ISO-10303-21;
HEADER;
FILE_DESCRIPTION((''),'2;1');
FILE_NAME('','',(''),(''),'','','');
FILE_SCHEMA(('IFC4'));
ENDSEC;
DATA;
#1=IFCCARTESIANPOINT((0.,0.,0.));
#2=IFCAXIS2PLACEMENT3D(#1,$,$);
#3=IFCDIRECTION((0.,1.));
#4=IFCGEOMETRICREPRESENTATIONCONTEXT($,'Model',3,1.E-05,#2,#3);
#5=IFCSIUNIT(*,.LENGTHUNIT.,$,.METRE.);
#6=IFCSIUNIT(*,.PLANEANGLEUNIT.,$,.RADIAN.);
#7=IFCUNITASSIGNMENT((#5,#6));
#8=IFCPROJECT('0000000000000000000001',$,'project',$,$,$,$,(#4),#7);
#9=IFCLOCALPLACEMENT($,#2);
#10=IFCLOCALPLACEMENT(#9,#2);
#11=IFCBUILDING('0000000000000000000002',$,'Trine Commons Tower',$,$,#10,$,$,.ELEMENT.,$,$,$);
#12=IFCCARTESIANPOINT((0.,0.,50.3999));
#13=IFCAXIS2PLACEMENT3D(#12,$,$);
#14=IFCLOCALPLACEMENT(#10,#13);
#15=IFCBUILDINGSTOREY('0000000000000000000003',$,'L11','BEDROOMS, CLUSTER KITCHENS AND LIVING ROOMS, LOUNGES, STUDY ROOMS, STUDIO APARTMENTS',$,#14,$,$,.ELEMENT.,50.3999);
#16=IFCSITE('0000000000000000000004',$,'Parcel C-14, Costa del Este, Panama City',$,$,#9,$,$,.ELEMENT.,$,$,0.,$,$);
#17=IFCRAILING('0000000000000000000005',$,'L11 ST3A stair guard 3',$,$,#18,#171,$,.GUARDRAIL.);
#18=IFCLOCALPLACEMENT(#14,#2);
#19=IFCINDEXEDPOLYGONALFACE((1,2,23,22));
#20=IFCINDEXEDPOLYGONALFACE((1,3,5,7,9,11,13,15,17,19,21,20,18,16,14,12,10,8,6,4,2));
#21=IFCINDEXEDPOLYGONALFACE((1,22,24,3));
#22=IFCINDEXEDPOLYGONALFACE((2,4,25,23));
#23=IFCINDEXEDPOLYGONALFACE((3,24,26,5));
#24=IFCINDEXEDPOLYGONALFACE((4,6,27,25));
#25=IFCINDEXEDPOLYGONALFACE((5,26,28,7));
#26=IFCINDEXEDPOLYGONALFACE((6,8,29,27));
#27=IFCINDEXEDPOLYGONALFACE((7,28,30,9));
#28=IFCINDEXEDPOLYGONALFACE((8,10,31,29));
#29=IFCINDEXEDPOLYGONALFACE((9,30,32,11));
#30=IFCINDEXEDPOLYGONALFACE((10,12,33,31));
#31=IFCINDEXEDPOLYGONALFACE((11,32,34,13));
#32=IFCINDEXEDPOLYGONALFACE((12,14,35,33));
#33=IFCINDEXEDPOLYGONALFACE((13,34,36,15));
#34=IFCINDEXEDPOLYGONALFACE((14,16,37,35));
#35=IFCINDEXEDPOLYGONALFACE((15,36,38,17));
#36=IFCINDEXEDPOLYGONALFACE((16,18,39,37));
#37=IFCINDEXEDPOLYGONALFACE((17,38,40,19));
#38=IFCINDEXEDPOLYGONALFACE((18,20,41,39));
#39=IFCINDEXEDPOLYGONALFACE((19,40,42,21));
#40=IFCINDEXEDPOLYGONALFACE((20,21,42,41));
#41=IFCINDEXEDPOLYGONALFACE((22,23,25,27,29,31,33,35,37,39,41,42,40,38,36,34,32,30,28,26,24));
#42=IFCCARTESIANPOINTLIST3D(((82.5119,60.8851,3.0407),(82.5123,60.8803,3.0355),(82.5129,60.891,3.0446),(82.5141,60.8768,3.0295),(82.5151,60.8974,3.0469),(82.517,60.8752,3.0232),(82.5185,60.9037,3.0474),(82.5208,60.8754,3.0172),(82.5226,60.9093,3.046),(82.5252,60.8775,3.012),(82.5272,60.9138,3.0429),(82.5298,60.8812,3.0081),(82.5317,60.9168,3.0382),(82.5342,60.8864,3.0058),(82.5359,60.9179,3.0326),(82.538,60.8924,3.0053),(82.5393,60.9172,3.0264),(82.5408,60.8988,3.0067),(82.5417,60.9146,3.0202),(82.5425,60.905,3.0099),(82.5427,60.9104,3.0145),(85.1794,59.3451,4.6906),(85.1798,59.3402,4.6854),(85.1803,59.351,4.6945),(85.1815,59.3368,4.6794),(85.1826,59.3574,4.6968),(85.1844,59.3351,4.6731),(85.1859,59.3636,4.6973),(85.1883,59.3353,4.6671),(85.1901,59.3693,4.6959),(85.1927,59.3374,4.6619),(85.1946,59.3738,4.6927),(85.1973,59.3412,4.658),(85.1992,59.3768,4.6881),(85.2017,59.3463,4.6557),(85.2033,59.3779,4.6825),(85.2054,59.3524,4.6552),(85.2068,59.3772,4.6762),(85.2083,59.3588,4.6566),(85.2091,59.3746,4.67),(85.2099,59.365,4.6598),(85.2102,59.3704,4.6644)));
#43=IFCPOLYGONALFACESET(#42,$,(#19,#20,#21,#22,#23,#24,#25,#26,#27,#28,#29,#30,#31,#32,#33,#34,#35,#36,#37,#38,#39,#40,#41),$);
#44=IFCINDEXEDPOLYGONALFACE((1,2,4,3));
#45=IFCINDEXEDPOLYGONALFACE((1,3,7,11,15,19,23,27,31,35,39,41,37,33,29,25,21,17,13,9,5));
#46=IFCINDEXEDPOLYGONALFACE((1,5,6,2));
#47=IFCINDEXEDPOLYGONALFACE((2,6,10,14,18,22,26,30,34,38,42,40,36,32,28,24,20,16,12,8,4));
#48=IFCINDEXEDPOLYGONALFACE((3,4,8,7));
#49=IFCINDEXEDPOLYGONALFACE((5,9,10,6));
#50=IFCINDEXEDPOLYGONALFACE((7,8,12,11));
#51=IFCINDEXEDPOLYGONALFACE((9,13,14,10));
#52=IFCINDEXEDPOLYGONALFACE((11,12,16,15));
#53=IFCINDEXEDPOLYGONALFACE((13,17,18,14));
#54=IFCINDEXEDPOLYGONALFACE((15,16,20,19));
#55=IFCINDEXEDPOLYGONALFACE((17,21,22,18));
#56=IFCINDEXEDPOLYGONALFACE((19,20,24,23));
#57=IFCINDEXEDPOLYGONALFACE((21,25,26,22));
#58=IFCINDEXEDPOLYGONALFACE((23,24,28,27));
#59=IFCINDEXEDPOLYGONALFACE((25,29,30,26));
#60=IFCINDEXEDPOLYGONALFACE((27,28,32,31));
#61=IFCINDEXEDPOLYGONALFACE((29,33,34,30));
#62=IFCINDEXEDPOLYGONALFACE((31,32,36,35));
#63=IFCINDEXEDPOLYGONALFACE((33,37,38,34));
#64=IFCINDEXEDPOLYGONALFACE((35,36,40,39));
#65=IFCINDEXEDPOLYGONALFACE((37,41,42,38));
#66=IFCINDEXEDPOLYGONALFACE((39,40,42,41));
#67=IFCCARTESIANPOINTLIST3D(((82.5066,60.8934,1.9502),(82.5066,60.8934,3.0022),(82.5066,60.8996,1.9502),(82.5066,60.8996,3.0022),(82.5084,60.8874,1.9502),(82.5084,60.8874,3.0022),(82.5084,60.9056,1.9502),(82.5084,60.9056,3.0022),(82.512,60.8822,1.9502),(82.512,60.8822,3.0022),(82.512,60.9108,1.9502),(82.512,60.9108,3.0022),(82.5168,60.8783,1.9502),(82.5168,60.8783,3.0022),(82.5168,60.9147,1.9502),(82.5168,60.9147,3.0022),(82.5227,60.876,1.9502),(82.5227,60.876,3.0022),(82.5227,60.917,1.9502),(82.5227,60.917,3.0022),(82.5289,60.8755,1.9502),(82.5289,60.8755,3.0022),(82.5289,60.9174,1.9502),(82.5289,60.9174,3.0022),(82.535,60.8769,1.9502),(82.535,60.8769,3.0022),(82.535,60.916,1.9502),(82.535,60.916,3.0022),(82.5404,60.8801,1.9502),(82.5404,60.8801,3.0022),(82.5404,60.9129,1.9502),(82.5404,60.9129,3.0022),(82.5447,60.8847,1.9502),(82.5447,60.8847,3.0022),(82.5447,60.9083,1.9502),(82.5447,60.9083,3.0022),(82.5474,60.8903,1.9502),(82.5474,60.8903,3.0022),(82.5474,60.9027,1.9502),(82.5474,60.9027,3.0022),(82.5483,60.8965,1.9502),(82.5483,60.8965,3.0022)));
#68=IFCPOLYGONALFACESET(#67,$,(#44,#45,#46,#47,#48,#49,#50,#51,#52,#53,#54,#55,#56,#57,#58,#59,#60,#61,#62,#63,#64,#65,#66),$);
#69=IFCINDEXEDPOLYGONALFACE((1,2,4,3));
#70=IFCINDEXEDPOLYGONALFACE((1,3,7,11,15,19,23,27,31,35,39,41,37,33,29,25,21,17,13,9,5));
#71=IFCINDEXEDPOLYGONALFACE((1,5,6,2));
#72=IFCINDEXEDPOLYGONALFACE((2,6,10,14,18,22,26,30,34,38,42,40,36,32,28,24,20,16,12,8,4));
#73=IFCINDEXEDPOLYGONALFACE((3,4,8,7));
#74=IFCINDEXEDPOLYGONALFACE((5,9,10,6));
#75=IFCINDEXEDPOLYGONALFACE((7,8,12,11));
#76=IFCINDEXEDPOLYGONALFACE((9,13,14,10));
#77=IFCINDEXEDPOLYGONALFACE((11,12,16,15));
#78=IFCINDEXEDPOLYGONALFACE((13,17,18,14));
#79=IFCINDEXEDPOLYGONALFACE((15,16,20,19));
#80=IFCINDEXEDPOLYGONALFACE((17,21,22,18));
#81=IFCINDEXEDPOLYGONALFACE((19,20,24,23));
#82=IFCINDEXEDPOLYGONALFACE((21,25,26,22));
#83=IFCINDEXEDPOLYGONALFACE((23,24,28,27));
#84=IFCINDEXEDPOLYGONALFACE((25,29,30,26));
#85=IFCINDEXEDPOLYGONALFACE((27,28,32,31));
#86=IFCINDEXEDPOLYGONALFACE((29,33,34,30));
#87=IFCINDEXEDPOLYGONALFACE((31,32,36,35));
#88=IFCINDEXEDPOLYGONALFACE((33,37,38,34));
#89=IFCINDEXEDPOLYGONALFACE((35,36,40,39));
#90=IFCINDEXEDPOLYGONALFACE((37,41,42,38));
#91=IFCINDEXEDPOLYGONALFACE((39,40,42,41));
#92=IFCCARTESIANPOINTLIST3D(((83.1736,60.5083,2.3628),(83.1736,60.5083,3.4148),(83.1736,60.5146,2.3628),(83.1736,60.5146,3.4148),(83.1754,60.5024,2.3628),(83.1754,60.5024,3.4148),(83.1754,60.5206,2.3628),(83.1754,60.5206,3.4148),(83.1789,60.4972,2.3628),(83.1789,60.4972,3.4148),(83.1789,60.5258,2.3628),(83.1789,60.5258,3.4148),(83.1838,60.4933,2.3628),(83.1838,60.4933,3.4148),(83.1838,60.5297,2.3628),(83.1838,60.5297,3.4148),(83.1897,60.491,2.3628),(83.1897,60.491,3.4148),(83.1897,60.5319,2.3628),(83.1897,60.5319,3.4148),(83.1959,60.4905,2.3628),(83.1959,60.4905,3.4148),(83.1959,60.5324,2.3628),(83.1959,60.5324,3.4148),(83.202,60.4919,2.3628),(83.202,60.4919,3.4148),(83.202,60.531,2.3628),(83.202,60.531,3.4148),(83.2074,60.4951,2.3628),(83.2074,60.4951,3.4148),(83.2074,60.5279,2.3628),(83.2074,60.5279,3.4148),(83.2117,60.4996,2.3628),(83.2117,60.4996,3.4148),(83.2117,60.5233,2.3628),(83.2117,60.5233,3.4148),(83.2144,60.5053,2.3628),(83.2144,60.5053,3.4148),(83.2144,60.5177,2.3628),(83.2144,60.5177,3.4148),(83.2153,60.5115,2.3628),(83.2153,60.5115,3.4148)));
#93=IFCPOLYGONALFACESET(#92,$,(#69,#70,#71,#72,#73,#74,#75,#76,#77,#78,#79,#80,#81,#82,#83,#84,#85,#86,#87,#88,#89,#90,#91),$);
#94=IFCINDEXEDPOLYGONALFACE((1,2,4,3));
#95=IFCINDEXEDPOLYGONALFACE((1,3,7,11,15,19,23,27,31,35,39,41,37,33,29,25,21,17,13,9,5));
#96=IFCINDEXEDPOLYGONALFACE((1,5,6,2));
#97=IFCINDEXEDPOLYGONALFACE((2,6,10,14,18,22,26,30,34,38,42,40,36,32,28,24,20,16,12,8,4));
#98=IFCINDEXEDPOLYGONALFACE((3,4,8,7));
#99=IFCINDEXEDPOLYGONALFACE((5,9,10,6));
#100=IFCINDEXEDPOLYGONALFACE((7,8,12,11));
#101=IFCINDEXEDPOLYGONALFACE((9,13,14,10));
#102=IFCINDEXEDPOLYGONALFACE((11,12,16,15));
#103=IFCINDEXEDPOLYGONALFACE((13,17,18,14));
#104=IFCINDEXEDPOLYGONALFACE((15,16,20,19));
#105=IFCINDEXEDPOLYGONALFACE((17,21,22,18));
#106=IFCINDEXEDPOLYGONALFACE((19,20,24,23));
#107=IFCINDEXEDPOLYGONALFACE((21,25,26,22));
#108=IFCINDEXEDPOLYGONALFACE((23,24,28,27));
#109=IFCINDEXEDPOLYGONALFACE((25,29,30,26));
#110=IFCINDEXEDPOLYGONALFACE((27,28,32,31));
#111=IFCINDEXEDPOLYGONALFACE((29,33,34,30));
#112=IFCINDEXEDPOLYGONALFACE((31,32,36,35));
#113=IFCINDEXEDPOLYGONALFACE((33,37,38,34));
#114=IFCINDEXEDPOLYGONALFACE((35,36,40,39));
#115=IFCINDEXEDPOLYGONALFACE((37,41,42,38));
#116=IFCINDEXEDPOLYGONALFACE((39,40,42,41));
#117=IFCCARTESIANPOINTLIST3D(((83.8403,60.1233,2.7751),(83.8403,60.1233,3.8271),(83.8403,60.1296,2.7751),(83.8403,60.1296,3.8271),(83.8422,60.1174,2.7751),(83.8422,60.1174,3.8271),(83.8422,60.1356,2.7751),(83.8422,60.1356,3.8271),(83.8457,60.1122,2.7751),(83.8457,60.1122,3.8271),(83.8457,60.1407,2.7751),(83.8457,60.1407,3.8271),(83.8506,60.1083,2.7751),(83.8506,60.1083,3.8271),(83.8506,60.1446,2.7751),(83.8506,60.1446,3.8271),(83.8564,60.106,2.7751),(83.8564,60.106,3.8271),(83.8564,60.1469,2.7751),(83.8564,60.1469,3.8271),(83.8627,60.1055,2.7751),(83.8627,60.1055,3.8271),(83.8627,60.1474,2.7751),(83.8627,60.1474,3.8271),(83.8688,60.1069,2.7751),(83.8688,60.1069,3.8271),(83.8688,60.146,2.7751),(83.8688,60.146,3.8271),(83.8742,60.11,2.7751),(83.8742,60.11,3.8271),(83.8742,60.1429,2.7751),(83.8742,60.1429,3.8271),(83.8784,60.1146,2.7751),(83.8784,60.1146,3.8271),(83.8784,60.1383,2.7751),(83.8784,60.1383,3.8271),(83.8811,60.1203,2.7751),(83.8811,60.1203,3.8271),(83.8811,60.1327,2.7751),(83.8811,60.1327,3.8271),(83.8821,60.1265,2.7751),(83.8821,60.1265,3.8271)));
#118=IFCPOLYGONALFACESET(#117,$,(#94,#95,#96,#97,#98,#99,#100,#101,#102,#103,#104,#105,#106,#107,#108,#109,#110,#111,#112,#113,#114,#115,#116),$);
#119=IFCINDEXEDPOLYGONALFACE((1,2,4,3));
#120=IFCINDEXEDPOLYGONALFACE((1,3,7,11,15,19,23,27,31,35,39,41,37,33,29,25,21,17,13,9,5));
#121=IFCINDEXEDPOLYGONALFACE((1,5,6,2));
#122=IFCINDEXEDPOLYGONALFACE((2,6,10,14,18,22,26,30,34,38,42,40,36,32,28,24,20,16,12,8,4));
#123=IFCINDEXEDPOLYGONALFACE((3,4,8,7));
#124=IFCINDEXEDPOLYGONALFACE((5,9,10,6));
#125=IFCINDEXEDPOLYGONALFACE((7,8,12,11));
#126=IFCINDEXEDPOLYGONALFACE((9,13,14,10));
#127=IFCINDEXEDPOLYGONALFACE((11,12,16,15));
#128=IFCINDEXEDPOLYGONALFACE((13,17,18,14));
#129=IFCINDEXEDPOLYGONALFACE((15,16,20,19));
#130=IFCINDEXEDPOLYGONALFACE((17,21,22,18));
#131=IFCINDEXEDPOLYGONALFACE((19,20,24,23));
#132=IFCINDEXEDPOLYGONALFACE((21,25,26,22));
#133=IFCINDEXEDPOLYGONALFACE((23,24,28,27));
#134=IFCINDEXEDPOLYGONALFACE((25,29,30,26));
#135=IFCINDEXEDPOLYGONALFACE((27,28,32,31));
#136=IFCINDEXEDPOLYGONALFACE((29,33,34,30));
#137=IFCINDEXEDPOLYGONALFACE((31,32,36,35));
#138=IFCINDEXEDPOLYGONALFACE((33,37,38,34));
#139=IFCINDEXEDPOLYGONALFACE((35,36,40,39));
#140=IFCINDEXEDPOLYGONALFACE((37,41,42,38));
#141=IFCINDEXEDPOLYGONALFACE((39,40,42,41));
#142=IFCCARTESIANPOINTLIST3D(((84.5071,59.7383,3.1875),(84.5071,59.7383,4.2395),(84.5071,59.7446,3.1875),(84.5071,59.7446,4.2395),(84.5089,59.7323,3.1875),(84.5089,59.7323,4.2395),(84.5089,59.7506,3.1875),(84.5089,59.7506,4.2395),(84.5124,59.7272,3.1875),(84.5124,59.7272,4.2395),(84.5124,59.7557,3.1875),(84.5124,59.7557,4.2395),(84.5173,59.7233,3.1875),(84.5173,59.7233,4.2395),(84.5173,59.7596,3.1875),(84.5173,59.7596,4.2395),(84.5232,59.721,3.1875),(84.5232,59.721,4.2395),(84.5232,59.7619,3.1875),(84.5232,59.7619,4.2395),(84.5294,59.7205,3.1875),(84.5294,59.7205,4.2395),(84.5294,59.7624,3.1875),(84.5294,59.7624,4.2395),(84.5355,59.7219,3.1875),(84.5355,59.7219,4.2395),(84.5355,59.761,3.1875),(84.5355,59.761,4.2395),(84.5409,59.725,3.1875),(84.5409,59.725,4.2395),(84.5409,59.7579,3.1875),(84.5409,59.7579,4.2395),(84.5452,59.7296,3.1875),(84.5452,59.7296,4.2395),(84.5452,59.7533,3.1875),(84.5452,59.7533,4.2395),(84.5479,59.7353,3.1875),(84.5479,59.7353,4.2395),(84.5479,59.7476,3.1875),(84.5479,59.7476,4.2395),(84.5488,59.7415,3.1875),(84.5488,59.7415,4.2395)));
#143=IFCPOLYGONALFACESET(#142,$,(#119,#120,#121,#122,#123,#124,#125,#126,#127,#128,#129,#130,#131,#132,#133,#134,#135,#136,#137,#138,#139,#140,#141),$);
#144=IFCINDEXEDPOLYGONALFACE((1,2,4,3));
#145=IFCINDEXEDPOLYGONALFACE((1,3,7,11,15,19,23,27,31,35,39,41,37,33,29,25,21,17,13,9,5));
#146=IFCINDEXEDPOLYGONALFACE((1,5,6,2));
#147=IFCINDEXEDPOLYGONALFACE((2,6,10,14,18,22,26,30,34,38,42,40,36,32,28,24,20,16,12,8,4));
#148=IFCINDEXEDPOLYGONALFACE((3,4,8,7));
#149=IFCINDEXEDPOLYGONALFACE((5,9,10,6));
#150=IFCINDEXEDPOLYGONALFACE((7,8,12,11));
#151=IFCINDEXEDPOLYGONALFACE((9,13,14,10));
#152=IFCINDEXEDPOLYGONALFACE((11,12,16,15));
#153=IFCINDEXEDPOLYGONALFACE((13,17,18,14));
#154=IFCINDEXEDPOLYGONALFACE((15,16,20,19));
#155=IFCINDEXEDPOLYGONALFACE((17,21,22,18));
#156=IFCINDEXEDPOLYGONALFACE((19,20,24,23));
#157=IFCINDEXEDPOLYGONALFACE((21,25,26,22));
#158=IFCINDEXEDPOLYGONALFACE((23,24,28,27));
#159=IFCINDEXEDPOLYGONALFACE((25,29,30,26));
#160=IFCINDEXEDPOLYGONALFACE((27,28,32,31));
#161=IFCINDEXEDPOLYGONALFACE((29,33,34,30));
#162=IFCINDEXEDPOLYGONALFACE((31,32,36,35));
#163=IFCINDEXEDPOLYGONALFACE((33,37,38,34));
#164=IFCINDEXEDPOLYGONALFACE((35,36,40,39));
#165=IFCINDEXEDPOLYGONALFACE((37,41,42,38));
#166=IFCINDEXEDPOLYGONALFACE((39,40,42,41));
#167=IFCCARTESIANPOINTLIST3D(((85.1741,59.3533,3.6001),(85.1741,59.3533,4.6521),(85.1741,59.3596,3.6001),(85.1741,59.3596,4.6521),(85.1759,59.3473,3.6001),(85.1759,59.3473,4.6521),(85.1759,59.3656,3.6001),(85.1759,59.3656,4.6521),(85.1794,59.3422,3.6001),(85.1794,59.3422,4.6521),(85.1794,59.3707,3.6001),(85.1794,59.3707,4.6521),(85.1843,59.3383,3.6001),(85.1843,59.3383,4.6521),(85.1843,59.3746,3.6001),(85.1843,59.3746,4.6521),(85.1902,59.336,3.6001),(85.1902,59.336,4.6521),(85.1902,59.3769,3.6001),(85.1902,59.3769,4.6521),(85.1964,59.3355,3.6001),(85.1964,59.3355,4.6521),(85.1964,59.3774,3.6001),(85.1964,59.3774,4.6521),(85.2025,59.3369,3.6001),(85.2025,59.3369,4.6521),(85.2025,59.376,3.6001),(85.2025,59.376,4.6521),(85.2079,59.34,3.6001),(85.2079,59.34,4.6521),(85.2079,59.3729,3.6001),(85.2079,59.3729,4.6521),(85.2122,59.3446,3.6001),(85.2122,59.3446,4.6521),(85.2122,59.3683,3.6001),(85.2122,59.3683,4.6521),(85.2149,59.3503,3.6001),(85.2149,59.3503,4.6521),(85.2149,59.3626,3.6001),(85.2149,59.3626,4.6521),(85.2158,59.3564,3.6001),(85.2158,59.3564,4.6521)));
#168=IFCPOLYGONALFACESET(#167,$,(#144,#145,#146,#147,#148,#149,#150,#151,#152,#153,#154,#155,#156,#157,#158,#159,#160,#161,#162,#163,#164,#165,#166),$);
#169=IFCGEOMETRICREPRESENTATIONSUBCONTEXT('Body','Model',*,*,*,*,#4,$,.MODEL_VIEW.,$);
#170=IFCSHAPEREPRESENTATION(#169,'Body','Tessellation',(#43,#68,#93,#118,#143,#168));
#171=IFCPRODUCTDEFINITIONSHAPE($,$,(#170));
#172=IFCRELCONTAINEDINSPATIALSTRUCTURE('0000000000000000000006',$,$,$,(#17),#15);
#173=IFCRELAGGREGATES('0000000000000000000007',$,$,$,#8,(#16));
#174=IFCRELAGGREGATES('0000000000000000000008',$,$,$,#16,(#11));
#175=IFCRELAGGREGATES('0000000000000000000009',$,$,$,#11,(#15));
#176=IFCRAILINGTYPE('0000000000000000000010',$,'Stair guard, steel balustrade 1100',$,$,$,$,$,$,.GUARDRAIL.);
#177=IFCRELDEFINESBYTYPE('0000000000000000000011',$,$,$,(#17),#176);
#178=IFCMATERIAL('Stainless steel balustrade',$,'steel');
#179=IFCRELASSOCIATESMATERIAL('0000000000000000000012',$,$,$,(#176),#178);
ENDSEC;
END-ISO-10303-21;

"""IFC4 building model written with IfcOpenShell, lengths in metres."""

from ifc_helpers import new_model, si_unit, direction, frame, origin, origin_2d, place, context, subcontext, project, spatial, circle, extrude, material, type_object, element, save


model = new_model("IFC4")

# Units and contexts
model_context = context("Model", 3, precision=1e-05, world=origin(), true_north=direction((0.0, 1.0)))
body_context = subcontext(model_context, "Body", "Model", "MODEL_VIEW")
ifc_project = project(units=[si_unit("LENGTHUNIT", "METRE"), si_unit("PLANEANGLEUNIT", "RADIAN")], contexts=[model_context])

# Site, building, storey
site_placement = place(None, origin())
site = spatial("IfcSite", under=ifc_project, at=site_placement, Name="Parcel C-14, Costa del Este, Panama City", CompositionType="ELEMENT", RefElevation=0.0)
building_placement = place(site_placement, origin())
building = spatial("IfcBuilding", under=site, at=building_placement, Name="Trine Commons Tower", CompositionType="ELEMENT")
storey_placement = place(building_placement, frame((0.0, 0.0, 50.3999)))
storey = spatial("IfcBuildingStorey", under=building, at=storey_placement, Name="L11", Description="BEDROOMS, CLUSTER KITCHENS AND LIVING ROOMS, LOUNGES, STUDY ROOMS, STUDIO APARTMENTS", CompositionType="ELEMENT", Elevation=50.3999)

# Railing
ifc_material_1 = material(Name="Stainless steel balustrade", Category="steel")
railing_type_1 = type_object("IfcRailingType", Name="Stair guard, steel balustrade 1100", PredefinedType="GUARDRAIL", material=ifc_material_1)
railing_1_placement = place(storey_placement, frame((82.5273, 60.8965, 1.9502)))
element("IfcRailing", 1, at=railing_1_placement, inside=storey, type_object=railing_type_1, Name="L11 ST3A stair guard 3", PredefinedType="GUARDRAIL", context=body_context, shape_type="SweptSolid", body=[
    extrude(circle(Radius=0.0239, at=origin_2d()), frame((0.0, 0.0, 1.0762), z_axis=(0.763405, -0.440743, 0.472185), x_axis=(0.499992, 0.86603, 0.0)), (0.0, 0.0, 1.0), 3.4941),
    extrude(circle(Radius=0.021, at=origin_2d()), origin(), (0.0, 0.0, 1.0), 1.052),
    extrude(circle(Radius=0.021, at=origin_2d()), frame((0.667, -0.385, 0.4126)), (0.0, 0.0, 1.0), 1.052),
    extrude(circle(Radius=0.021, at=origin_2d()), frame((1.3337, -0.77, 0.825)), (0.0, 0.0, 1.0), 1.052),
    extrude(circle(Radius=0.021, at=origin_2d()), frame((2.0005, -1.155, 1.2373)), (0.0, 0.0, 1.0), 1.052),
    extrude(circle(Radius=0.021, at=origin_2d()), frame((2.6675, -1.54, 1.6499)), (0.0, 0.0, 1.0), 1.052),
])

save(model, "model.ifc")
